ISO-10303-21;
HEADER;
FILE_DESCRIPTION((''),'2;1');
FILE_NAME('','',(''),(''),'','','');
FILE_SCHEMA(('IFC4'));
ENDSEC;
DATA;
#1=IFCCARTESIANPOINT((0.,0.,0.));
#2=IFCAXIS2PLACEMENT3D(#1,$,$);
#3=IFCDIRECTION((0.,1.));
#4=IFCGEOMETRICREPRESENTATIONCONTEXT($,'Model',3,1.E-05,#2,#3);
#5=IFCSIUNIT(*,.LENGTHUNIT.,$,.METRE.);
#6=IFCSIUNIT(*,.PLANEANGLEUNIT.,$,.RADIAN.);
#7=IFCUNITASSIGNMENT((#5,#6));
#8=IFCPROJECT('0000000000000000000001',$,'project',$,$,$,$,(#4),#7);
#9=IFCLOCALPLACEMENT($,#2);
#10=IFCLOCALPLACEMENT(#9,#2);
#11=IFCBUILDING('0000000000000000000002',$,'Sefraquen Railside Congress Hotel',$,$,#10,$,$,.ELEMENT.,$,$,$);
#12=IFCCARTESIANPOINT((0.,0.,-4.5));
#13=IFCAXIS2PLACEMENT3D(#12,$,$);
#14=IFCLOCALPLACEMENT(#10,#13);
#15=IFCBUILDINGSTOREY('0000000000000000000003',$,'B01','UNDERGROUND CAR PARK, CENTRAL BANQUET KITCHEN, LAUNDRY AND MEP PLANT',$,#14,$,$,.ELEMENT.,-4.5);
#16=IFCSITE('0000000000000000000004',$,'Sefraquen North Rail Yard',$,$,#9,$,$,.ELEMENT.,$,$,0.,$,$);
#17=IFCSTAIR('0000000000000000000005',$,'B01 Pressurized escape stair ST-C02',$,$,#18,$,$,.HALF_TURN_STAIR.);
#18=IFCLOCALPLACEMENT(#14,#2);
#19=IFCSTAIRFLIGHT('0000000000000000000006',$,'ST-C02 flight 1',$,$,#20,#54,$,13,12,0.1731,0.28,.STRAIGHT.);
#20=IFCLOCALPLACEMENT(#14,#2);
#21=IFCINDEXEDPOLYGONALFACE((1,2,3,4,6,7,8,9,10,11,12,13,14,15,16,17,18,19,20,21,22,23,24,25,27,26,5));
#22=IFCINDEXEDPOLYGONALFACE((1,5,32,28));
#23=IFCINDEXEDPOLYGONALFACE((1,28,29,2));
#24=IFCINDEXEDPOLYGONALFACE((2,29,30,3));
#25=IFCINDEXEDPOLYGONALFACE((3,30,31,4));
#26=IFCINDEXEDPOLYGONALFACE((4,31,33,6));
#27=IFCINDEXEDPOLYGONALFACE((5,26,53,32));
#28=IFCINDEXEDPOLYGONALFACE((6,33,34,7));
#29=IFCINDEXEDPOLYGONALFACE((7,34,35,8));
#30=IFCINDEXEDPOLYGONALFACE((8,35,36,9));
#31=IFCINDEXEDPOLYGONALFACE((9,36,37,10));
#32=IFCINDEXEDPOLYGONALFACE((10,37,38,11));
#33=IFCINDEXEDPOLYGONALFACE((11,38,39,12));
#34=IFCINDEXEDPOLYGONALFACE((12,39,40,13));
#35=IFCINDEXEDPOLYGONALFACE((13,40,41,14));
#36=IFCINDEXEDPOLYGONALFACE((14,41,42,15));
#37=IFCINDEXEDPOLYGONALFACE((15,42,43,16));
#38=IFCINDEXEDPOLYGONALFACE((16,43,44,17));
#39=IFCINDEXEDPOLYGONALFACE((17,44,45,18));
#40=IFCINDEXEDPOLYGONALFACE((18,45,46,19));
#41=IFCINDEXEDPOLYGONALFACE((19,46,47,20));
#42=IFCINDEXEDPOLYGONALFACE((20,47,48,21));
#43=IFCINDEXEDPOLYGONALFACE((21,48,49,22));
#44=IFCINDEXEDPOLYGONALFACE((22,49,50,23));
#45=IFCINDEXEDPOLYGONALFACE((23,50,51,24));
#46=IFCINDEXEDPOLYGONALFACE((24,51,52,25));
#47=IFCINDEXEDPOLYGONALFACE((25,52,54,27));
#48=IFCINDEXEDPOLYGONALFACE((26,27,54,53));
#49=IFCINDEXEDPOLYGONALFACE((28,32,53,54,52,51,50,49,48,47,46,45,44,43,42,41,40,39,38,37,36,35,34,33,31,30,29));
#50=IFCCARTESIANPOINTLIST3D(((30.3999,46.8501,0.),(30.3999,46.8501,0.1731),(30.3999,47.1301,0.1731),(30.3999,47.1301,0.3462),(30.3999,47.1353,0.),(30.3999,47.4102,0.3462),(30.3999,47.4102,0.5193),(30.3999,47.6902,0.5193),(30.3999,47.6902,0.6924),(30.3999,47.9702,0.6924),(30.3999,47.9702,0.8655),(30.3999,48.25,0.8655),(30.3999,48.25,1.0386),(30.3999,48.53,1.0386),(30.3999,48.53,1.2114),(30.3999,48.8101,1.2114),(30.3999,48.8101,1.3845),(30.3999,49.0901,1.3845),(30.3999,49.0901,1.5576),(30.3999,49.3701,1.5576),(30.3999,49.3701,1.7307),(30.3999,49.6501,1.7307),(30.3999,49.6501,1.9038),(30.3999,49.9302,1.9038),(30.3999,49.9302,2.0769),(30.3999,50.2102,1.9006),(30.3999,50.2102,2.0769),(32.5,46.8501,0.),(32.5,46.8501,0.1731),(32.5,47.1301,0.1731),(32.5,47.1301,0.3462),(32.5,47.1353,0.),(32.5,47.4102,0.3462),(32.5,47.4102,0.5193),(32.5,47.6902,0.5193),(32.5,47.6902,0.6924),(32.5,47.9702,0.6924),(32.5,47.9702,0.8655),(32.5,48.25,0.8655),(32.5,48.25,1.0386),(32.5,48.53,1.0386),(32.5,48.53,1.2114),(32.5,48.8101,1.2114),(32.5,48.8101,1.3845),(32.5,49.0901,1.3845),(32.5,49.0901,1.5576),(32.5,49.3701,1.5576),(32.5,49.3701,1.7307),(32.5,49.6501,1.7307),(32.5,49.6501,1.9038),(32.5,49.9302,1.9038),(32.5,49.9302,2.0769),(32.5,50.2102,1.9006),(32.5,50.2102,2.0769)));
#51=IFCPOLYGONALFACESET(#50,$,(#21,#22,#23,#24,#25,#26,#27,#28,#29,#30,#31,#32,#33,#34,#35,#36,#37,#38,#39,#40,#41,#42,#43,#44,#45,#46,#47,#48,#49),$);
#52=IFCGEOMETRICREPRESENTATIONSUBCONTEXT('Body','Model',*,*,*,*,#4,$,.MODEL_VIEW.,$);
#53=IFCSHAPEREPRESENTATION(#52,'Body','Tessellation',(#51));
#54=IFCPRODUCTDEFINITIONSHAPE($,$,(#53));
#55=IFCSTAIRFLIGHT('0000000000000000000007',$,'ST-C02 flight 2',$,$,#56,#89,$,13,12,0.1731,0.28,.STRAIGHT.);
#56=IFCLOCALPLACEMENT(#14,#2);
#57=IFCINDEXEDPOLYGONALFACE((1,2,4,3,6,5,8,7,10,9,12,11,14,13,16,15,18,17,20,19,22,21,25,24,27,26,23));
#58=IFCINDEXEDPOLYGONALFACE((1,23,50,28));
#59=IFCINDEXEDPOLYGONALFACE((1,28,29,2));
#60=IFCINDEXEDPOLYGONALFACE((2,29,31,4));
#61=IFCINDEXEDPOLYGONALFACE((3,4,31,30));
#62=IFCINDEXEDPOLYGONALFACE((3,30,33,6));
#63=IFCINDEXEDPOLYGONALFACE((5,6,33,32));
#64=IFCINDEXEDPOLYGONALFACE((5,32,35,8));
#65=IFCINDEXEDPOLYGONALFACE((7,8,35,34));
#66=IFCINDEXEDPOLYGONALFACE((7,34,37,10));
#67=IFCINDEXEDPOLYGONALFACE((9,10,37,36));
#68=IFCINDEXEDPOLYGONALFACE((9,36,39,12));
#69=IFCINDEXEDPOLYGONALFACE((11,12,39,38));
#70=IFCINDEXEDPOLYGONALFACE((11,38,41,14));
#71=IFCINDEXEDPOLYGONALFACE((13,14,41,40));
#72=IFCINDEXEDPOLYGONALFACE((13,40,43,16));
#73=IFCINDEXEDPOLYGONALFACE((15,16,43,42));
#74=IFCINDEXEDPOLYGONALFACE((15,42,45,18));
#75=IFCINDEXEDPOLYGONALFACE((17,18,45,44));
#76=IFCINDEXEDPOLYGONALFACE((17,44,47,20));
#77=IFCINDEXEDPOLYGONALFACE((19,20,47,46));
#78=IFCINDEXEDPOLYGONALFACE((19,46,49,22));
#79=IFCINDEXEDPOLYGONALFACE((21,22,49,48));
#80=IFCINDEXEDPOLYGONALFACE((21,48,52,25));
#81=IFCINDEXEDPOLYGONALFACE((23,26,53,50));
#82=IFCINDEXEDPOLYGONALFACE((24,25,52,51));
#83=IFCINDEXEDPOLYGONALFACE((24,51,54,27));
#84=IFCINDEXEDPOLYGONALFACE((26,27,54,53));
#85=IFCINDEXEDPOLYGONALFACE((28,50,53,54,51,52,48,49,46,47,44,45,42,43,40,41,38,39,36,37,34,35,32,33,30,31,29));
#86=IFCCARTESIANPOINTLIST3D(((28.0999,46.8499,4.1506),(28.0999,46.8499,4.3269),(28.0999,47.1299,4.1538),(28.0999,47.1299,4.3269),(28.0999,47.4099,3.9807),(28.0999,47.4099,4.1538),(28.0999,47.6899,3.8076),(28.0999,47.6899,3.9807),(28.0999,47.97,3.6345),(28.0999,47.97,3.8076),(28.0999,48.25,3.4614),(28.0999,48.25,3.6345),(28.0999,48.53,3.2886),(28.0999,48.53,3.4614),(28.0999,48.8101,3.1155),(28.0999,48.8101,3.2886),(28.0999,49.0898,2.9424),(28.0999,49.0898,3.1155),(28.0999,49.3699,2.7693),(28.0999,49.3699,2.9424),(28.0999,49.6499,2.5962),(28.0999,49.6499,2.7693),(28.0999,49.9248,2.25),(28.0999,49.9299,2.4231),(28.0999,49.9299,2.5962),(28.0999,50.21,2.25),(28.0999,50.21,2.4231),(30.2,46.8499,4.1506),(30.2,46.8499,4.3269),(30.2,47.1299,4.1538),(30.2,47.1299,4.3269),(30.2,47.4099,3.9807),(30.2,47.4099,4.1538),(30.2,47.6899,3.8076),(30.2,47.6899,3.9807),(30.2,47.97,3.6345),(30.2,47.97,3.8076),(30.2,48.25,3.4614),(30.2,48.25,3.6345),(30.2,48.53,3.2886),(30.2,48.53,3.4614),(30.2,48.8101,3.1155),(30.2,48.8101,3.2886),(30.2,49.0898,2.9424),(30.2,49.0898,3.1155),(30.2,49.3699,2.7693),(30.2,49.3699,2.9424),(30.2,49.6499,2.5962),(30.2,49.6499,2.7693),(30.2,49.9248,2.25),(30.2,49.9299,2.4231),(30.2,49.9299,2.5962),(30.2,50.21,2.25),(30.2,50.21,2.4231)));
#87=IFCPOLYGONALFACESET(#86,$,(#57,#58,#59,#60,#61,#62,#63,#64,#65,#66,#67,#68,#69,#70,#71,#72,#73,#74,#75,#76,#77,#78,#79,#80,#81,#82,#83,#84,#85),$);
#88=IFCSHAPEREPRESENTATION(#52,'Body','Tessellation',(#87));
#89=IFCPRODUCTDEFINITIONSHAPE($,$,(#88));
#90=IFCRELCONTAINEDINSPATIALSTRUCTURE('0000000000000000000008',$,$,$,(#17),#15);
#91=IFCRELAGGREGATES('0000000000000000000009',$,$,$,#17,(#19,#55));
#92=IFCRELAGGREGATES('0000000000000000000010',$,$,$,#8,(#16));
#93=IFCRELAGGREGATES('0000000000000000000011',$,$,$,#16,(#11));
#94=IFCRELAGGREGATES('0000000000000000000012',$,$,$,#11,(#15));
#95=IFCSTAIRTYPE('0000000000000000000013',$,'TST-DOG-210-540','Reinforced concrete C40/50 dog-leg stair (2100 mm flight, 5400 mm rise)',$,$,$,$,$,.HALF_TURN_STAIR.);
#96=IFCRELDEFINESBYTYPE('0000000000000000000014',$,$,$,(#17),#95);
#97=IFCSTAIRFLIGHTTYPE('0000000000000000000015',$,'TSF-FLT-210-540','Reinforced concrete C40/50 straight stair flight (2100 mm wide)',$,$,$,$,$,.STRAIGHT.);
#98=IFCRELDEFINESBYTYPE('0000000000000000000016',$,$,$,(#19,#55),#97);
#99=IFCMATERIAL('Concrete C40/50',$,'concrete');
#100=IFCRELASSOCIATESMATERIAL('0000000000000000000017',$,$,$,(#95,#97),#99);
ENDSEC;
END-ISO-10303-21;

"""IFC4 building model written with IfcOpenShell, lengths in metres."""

from ifc_helpers import new_model, si_unit, direction, frame, origin, place, context, subcontext, project, spatial, polyline, outline, extrude, material, type_object, element, aggregate, save


model = new_model("IFC4")

# Units and contexts
model_context = context("Model", 3, precision=1e-05, world=origin(), true_north=direction((0.0, 1.0)))
body_context = subcontext(model_context, "Body", "Model", "MODEL_VIEW")
ifc_project = project(units=[si_unit("LENGTHUNIT", "METRE"), si_unit("PLANEANGLEUNIT", "RADIAN")], contexts=[model_context])

# Site, building, storey
site_placement = place(None, origin())
site = spatial("IfcSite", under=ifc_project, at=site_placement, Name="Sefraquen North Rail Yard", CompositionType="ELEMENT", RefElevation=0.0)
building_placement = place(site_placement, origin())
building = spatial("IfcBuilding", under=site, at=building_placement, Name="Sefraquen Railside Congress Hotel", CompositionType="ELEMENT")
storey_placement = place(building_placement, frame((0.0, 0.0, -4.5)))
storey = spatial("IfcBuildingStorey", under=building, at=storey_placement, Name="B01", Description="UNDERGROUND CAR PARK, CENTRAL BANQUET KITCHEN, LAUNDRY AND MEP PLANT", CompositionType="ELEMENT", Elevation=-4.5)

# Shared definitions
ifc_material_1 = material(Name="Concrete C40/50", Category="concrete")

# Stair, stair flights
stair_type = type_object("IfcStairType", Name="TST-DOG-210-540", Description="Reinforced concrete C40/50 dog-leg stair (2100 mm flight, 5400 mm rise)", PredefinedType="HALF_TURN_STAIR", material=ifc_material_1)
stair_placement = place(storey_placement, origin())
stair = element("IfcStair", 1, at=stair_placement, inside=storey, type_object=stair_type, Name="B01 Pressurized escape stair ST-C02", PredefinedType="HALF_TURN_STAIR")
stair_flight_type = type_object("IfcStairFlightType", Name="TSF-FLT-210-540", Description="Reinforced concrete C40/50 straight stair flight (2100 mm wide)", PredefinedType="STRAIGHT", material=ifc_material_1)
stair_flight_1_placement = place(storey_placement, frame((31.45, 46.8501, 0.0), z_axis=(0.0, 0.0, 1.0), x_axis=(0.0, 1.0, 0.0)))
stair_flight_1 = element("IfcStairFlight", 2, at=stair_flight_1_placement, type_object=stair_flight_type, Name="ST-C02 flight 1", NumberOfRisers=13, NumberOfTreads=12, PredefinedType="STRAIGHT", RiserHeight=0.1731, TreadLength=0.28, context=body_context, shape_type="SweptSolid", body=[
    extrude(outline(polyline([(0.0, 0.0), (0.0, 0.1731), (0.28, 0.1731), (0.28, 0.3462), (0.5601, 0.3462), (0.5601, 0.5193), (0.8401, 0.5193), (0.8401, 0.6924), (1.1201, 0.6924), (1.1201, 0.8655), (1.3999, 0.8655), (1.3999, 1.0386), (1.6799, 1.0386), (1.6799, 1.2114), (1.96, 1.2114), (1.96, 1.3845), (2.24, 1.3845), (2.24, 1.5576), (2.52, 1.5576), (2.52, 1.7307), (2.8, 1.7307), (2.8, 1.9038), (3.0801, 1.9038), (3.0801, 2.0769), (3.3601, 2.0769), (3.3601, 2.25), (3.3601, 1.9006), (0.2852, 0.0), (0.0, 0.0)])), frame((0.0, 1.05, 0.0), z_axis=(0.0, -1.0, 0.0), x_axis=(1.0, 0.0, 0.0)), (0.0, 0.0, 1.0), 2.1001),
])
stair_flight_2_placement = place(storey_placement, frame((29.1499, 50.21, 2.25), z_axis=(0.0, 0.0, 1.0), x_axis=(0.0, -1.0, 0.0)))
stair_flight_2 = element("IfcStairFlight", 3, at=stair_flight_2_placement, type_object=stair_flight_type, Name="ST-C02 flight 2", NumberOfRisers=13, NumberOfTreads=12, PredefinedType="STRAIGHT", RiserHeight=0.1731, TreadLength=0.28, context=body_context, shape_type="SweptSolid", body=[
    extrude(outline(polyline([(0.0, 0.0), (0.0, 0.1731), (0.28, 0.1731), (0.28, 0.3462), (0.5601, 0.3462), (0.5601, 0.5193), (0.8401, 0.5193), (0.8401, 0.6924), (1.1201, 0.6924), (1.1201, 0.8655), (1.3999, 0.8655), (1.3999, 1.0386), (1.6799, 1.0386), (1.6799, 1.2114), (1.96, 1.2114), (1.96, 1.3845), (2.24, 1.3845), (2.24, 1.5576), (2.52, 1.5576), (2.52, 1.7307), (2.8, 1.7307), (2.8, 1.9038), (3.0801, 1.9038), (3.0801, 2.0769), (3.3601, 2.0769), (3.3601, 2.25), (3.3601, 1.9006), (0.2852, 0.0), (0.0, 0.0)])), frame((0.0, 1.05, 0.0), z_axis=(0.0, -1.0, 0.0), x_axis=(1.0, 0.0, 0.0)), (0.0, 0.0, 1.0), 2.1001),
])
aggregate(stair, [stair_flight_1, stair_flight_2])

save(model, "model.ifc")
